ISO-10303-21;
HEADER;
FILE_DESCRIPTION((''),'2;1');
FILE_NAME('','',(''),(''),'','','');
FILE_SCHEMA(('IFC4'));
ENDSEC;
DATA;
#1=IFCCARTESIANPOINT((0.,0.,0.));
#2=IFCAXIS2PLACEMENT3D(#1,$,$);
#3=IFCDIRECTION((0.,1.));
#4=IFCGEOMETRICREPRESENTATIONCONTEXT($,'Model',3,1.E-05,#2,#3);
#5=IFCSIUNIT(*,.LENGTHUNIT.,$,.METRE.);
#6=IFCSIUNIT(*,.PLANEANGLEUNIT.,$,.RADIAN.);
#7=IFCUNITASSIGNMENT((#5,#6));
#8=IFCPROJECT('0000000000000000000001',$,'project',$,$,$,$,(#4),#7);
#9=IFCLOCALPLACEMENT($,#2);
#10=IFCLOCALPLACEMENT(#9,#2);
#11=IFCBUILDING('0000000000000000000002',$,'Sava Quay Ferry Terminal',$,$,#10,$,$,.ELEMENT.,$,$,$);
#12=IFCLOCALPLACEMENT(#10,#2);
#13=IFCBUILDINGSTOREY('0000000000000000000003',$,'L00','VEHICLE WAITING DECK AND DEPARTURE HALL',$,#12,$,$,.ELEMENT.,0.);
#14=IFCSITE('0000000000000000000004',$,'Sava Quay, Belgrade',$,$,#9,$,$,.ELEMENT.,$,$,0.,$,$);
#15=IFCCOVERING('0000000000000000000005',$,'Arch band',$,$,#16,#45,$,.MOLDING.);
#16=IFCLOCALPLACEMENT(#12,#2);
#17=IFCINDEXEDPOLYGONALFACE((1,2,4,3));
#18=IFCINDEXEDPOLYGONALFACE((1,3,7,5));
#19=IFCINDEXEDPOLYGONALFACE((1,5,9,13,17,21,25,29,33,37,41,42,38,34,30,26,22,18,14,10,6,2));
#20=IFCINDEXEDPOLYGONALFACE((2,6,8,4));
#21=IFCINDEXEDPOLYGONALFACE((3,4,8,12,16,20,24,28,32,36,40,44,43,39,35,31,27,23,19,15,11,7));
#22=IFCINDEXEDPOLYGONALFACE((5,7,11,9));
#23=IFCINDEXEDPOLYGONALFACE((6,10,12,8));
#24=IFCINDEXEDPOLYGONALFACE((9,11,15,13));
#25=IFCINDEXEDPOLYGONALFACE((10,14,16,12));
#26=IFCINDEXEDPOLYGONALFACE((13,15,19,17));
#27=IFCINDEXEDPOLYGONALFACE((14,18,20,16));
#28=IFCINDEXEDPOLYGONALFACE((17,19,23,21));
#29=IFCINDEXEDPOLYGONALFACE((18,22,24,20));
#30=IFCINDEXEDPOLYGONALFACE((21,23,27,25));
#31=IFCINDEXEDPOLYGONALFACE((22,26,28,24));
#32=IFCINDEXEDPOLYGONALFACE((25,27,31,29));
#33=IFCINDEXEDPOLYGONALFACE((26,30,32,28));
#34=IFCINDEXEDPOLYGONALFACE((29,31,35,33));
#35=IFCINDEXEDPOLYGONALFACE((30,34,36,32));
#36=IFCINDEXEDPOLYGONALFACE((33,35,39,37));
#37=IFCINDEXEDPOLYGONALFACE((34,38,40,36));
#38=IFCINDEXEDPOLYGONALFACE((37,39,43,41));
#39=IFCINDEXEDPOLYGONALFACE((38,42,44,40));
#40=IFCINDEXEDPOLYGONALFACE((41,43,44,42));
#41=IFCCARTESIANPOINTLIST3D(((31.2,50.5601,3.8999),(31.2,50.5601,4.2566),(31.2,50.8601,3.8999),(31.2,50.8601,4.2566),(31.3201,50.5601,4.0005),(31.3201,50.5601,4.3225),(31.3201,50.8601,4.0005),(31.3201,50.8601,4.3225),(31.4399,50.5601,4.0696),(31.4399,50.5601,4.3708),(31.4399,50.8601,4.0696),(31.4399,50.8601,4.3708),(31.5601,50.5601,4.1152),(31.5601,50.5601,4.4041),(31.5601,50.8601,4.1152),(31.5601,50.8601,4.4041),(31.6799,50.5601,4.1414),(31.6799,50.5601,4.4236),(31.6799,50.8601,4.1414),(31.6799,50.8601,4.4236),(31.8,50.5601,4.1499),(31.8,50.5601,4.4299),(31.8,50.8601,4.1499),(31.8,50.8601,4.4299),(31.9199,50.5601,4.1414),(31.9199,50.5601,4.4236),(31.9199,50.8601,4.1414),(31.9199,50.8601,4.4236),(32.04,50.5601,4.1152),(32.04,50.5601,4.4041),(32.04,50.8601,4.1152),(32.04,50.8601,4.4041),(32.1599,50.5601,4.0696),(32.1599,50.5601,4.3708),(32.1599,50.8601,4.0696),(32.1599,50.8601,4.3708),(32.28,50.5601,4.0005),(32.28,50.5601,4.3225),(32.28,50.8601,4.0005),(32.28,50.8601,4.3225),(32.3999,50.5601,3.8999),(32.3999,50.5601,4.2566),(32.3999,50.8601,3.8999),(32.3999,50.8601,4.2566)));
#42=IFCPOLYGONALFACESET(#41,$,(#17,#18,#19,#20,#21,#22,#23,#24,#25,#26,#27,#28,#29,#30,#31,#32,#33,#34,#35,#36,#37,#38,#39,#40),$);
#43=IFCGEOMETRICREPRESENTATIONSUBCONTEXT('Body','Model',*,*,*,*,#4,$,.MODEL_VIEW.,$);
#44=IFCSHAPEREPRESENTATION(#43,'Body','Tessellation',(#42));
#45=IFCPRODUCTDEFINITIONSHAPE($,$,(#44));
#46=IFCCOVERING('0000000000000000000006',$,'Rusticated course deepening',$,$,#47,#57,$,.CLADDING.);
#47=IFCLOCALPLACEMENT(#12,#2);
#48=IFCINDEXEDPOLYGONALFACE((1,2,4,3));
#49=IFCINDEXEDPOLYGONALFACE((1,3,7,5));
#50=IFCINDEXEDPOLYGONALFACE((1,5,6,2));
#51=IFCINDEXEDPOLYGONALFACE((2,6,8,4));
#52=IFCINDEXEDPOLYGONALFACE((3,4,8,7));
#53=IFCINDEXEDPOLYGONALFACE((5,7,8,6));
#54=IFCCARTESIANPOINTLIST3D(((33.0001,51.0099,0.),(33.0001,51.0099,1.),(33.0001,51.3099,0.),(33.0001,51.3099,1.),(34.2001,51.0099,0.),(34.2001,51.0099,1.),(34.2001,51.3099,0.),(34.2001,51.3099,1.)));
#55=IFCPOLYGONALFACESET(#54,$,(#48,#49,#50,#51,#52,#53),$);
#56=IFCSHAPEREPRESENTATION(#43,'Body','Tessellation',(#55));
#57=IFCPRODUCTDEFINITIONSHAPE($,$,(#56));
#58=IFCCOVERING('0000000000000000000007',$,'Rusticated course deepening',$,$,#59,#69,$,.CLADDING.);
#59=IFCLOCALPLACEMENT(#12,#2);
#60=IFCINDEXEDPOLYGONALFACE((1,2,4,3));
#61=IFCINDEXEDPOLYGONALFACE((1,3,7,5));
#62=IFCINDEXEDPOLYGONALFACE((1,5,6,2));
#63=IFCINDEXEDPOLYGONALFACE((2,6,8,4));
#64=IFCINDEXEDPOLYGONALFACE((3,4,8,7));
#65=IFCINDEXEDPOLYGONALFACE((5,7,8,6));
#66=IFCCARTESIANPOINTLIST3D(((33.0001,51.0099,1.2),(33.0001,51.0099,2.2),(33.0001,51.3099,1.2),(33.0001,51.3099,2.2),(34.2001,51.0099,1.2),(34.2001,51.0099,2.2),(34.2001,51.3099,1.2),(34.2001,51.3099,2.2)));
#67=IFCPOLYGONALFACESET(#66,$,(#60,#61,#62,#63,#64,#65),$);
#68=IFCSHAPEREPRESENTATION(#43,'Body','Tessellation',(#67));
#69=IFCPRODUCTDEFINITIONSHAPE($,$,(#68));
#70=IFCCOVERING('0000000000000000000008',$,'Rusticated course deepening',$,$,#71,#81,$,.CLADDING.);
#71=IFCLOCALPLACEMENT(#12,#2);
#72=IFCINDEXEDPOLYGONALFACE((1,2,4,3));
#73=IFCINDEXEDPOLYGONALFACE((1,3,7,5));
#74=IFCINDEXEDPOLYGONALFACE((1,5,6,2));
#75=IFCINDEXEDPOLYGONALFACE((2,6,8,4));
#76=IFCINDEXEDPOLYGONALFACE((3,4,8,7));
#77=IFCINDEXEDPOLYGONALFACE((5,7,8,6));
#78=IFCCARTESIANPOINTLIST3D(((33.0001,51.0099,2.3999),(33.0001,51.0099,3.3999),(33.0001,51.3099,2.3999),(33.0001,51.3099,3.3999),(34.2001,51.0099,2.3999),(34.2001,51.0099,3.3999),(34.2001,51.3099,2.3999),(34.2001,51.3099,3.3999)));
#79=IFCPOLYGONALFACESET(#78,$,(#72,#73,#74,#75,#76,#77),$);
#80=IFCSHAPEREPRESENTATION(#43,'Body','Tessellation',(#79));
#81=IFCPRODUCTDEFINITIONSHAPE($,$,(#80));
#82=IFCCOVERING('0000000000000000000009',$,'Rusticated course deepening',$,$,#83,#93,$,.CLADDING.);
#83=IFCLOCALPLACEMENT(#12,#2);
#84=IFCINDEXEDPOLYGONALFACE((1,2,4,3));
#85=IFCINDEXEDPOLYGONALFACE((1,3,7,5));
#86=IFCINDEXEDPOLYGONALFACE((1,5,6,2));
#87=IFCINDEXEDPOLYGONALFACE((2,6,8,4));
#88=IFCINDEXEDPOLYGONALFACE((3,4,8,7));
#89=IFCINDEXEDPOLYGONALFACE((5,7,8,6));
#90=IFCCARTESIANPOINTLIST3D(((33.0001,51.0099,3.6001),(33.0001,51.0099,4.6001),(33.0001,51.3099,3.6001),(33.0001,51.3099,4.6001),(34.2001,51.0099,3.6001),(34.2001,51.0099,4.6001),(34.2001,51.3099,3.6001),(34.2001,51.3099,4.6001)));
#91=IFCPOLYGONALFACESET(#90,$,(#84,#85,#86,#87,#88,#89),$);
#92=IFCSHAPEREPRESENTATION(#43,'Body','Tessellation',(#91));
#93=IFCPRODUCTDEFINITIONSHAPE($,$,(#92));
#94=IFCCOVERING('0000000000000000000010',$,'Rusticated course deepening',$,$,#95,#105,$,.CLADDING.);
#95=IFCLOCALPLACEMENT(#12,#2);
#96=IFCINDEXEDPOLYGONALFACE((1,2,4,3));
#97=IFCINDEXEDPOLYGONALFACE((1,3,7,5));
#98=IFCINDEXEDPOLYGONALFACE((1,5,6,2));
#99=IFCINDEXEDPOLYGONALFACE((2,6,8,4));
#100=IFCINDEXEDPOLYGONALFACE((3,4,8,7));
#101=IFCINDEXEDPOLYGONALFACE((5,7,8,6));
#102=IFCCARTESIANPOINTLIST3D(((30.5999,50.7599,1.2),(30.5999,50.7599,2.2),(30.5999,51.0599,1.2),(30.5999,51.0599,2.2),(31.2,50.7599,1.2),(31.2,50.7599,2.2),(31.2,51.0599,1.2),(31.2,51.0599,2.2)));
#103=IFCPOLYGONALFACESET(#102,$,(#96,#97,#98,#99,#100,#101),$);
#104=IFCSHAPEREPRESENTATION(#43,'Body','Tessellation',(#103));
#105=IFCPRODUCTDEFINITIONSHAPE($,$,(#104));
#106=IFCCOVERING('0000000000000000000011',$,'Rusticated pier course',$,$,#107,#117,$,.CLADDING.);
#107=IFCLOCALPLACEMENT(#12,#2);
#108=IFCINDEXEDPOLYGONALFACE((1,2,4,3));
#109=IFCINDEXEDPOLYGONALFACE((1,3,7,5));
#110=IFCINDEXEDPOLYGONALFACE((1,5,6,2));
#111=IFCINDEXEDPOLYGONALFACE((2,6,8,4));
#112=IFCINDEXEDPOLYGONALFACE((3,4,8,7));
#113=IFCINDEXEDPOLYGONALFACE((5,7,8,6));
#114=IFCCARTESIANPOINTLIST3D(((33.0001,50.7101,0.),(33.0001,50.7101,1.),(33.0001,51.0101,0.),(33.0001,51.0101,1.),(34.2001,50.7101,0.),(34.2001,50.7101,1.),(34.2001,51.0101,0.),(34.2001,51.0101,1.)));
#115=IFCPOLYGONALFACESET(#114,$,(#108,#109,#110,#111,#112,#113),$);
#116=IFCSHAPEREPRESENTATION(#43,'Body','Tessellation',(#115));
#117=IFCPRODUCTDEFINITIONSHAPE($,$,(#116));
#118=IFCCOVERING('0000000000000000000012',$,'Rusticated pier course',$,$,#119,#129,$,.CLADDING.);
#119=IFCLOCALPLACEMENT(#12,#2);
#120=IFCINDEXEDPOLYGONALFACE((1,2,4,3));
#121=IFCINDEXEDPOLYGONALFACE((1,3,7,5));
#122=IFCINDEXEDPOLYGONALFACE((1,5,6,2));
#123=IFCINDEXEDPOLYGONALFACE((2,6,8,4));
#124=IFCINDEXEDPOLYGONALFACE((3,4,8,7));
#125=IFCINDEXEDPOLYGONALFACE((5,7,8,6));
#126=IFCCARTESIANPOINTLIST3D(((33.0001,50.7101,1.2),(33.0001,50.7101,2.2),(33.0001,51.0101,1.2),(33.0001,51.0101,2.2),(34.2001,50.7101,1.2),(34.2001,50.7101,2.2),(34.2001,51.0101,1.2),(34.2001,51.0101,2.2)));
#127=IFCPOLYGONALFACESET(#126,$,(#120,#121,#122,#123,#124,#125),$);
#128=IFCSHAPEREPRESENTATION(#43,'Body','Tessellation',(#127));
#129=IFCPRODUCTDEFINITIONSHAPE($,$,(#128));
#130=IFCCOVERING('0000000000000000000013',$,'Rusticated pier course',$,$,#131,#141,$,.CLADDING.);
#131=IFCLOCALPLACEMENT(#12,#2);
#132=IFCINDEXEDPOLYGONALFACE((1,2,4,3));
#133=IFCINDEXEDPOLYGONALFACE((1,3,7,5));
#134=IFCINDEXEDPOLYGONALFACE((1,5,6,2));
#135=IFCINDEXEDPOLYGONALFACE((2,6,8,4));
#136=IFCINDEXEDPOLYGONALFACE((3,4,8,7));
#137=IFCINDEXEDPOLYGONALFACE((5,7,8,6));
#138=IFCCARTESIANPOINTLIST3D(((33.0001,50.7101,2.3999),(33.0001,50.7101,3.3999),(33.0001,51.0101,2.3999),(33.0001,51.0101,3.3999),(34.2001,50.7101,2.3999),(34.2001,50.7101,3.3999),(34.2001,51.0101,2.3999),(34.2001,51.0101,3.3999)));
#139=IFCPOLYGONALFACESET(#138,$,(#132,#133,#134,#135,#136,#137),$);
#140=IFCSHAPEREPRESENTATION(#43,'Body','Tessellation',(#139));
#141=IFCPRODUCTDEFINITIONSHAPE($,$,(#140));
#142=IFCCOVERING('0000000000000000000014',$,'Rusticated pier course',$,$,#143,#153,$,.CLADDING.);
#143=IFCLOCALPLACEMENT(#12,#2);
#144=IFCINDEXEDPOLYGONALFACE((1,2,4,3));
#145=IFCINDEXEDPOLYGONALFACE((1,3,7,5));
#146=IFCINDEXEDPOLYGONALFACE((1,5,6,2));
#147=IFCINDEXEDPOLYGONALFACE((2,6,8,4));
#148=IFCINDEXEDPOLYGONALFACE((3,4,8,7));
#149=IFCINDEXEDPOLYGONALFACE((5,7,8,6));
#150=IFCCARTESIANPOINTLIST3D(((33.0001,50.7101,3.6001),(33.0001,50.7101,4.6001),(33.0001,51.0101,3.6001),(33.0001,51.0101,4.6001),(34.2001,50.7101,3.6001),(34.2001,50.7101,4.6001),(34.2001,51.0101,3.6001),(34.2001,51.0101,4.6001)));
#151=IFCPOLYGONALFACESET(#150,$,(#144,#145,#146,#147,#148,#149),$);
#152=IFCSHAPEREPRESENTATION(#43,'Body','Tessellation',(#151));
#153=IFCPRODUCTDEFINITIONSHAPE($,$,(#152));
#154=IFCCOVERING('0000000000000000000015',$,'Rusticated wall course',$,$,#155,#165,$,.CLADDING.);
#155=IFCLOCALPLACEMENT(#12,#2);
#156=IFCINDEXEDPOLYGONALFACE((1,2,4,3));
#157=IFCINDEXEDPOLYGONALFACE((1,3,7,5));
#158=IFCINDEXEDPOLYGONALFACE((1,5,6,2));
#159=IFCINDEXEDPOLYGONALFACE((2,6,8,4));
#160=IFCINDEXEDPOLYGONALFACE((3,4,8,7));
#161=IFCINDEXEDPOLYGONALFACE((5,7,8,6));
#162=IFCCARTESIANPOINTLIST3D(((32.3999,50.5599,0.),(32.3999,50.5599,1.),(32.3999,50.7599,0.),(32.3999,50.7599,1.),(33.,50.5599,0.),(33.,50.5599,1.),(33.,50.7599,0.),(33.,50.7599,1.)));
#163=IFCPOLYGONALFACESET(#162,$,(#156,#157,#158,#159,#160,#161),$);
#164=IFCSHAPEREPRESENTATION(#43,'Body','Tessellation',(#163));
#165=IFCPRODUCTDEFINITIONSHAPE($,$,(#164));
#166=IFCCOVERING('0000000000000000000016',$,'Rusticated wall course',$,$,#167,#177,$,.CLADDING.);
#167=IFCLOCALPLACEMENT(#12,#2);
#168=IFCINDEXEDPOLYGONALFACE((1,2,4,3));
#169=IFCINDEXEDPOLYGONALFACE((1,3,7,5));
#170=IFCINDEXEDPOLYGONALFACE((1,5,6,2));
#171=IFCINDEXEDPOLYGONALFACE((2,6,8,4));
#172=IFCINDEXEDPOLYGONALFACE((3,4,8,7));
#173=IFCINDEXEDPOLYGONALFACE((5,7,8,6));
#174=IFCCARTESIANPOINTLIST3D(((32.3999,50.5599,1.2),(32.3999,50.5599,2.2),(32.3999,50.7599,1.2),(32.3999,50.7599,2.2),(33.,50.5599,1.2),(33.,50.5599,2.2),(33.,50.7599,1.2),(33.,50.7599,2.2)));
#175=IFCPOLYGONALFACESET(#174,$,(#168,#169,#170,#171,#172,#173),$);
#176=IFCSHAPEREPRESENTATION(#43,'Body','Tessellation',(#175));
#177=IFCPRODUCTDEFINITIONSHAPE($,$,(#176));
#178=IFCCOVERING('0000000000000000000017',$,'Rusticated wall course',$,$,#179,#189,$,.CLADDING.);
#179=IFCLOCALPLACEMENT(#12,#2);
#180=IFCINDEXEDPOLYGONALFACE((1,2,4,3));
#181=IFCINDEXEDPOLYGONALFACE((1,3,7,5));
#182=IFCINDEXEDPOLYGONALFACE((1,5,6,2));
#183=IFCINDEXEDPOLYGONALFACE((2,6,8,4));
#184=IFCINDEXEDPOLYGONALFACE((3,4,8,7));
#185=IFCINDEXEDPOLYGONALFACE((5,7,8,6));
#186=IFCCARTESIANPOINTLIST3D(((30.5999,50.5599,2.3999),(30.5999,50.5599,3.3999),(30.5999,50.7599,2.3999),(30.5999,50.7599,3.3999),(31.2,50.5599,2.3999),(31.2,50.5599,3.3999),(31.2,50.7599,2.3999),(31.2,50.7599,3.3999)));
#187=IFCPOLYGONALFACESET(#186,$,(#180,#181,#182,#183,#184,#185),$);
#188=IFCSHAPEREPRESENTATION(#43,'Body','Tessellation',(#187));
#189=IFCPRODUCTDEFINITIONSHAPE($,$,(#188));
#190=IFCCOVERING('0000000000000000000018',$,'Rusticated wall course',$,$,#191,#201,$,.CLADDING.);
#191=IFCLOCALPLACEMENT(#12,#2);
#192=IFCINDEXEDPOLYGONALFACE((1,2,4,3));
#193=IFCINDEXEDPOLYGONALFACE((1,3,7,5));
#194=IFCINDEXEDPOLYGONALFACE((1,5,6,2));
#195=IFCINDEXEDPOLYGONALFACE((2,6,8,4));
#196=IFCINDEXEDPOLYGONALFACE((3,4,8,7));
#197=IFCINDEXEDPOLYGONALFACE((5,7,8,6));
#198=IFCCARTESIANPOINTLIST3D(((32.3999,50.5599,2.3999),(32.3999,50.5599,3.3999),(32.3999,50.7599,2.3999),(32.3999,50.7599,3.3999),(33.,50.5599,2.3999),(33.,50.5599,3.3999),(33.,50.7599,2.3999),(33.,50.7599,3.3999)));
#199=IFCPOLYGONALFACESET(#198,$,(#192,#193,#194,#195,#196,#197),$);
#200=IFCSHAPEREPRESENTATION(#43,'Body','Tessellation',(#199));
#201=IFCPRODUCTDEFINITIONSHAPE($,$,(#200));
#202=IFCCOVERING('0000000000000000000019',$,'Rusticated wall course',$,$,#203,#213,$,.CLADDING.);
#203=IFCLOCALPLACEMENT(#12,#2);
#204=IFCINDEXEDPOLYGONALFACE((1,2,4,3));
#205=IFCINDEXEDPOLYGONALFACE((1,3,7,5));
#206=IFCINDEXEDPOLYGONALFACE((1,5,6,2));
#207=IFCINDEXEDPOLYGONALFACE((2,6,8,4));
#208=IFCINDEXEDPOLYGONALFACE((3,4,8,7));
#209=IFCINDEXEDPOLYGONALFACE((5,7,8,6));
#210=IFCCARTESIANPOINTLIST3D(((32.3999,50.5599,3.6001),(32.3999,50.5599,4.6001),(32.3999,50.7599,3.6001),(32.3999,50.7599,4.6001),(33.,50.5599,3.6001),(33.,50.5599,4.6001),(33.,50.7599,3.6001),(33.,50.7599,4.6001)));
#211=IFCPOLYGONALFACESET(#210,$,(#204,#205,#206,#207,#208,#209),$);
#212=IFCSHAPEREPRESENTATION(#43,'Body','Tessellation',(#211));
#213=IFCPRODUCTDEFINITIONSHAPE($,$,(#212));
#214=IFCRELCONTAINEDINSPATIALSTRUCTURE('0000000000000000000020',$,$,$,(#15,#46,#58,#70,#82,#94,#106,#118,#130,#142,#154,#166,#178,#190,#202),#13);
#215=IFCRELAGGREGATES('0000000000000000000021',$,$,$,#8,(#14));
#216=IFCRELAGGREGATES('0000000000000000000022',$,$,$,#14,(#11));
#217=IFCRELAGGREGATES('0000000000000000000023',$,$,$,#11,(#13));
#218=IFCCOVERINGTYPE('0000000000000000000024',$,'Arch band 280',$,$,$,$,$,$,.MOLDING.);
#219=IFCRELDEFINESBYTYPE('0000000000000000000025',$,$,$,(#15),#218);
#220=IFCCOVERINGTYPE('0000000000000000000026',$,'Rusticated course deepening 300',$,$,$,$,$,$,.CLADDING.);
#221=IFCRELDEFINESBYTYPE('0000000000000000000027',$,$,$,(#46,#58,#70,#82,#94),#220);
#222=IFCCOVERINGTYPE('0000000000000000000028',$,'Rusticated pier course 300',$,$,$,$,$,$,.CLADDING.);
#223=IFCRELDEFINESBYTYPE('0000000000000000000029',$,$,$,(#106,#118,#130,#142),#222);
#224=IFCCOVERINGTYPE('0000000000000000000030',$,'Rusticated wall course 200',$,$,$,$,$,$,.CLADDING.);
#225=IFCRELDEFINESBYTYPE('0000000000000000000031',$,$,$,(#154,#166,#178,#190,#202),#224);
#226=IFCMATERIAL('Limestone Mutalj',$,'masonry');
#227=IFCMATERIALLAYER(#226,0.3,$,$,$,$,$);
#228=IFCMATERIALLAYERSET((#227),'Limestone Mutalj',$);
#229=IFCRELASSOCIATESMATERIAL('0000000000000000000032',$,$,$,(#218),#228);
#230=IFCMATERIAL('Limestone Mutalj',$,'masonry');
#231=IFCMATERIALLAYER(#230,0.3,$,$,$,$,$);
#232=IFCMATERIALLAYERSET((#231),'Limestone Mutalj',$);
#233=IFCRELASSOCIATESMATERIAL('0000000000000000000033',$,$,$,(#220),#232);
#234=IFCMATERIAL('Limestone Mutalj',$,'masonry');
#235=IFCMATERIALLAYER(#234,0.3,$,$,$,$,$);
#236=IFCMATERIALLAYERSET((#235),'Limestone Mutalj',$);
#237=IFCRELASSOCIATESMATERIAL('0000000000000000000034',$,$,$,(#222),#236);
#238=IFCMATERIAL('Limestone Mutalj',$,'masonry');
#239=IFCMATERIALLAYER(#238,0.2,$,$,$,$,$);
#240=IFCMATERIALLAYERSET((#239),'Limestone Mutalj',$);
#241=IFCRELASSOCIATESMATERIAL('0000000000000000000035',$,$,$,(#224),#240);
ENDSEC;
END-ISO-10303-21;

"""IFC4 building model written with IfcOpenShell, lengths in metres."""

from ifc_helpers import new_model, si_unit, direction, frame, origin, origin_2d, place, context, subcontext, project, spatial, polyline, rectangle, outline, extrude, material, layer, layer_set, type_object, element, save


model = new_model("IFC4")

# Units and contexts
model_context = context("Model", 3, precision=1e-05, world=origin(), true_north=direction((0.0, 1.0)))
body_context = subcontext(model_context, "Body", "Model", "MODEL_VIEW")
ifc_project = project(units=[si_unit("LENGTHUNIT", "METRE"), si_unit("PLANEANGLEUNIT", "RADIAN")], contexts=[model_context])

# Site, building, storey
site_placement = place(None, origin())
site = spatial("IfcSite", under=ifc_project, at=site_placement, Name="Sava Quay, Belgrade", CompositionType="ELEMENT", RefElevation=0.0)
building_placement = place(site_placement, origin())
building = spatial("IfcBuilding", under=site, at=building_placement, Name="Sava Quay Ferry Terminal", CompositionType="ELEMENT")
storey_placement = place(building_placement, origin())
storey = spatial("IfcBuildingStorey", under=building, at=storey_placement, Name="L00", Description="VEHICLE WAITING DECK AND DEPARTURE HALL", CompositionType="ELEMENT", Elevation=0.0)

# Coverings
ifc_material_1 = material(Name="Limestone Mutalj", Category="masonry")
ifc_layer_1 = layer(ifc_material_1, 0.3)
ifc_layer_set_1 = layer_set([ifc_layer_1], Name="Limestone Mutalj")
covering_type_1 = type_object("IfcCoveringType", Name="Arch band 280", PredefinedType="MOLDING", material=ifc_layer_set_1)
covering_1_placement = place(storey_placement, frame((31.2, 50.5601, 3.8999), z_axis=(0.0, -1.0, 0.0), x_axis=(0.766686, 0.0, 0.642022)))
element("IfcCovering", 1, at=covering_1_placement, inside=storey, type_object=covering_type_1, Name="Arch band", PredefinedType="MOLDING", context=body_context, shape_type="SweptSolid", body=[
    extrude(outline(polyline([(0.0, 0.0), (0.1567, 0.0), (0.2929, -0.024), (0.4143, -0.0661), (0.523, -0.123), (0.6206, -0.1936), (0.707, -0.2771), (0.7823, -0.3743), (0.8449, -0.4862), (0.8927, -0.6163), (0.92, -0.7704), (1.149, -0.4969), (1.0994, -0.3694), (1.0383, -0.2552), (0.9678, -0.1528), (0.8882, -0.0607), (0.8004, 0.0211), (0.7042, 0.0933), (0.5998, 0.1553), (0.4864, 0.207), (0.3634, 0.2469), (0.229, 0.2735), (0.0, 0.0)])), origin(), (0.0, 0.0, -1.0), 0.3),
])
ifc_material_2 = material(Name="Limestone Mutalj", Category="masonry")
ifc_layer_2 = layer(ifc_material_2, 0.3)
ifc_layer_set_2 = layer_set([ifc_layer_2], Name="Limestone Mutalj")
covering_type_2 = type_object("IfcCoveringType", Name="Rusticated course deepening 300", PredefinedType="CLADDING", material=ifc_layer_set_2)
for number, where, z_axis, x_axis, name in (
    (2, (33.6001, 51.1599, 0.0), (0.0, 0.0, 1.0), (1.0, 0.0, 0.0), "Rusticated course deepening"),
    (3, (33.6001, 51.1599, 1.2), (0.0, 0.0, 1.0), (1.0, 0.0, 0.0), "Rusticated course deepening"),
    (4, (33.6001, 51.1599, 2.3999), (0.0, 0.0, 1.0), (1.0, 0.0, 0.0), "Rusticated course deepening"),
    (5, (33.6001, 51.1599, 3.6001), (0.0, 0.0, 1.0), (1.0, 0.0, 0.0), "Rusticated course deepening"),
):
    element("IfcCovering", number, at=place(storey_placement, frame(where, z_axis=z_axis, x_axis=x_axis)), inside=storey, type_object=covering_type_2, Name=name, PredefinedType="CLADDING", context=body_context, shape_type="SweptSolid", body=[
        extrude(rectangle(XDim=1.2, YDim=0.3, at=origin_2d()), origin(), (0.0, 0.0, 1.0), 1.0),
    ])
covering_2_placement = place(storey_placement, frame((30.8999, 50.9099, 1.2), z_axis=(0.0, 0.0, 1.0), x_axis=(1.0, 0.0, 0.0)))
element("IfcCovering", 6, at=covering_2_placement, inside=storey, type_object=covering_type_2, Name="Rusticated course deepening", PredefinedType="CLADDING", context=body_context, shape_type="SweptSolid", body=[
    extrude(rectangle(XDim=0.6001, YDim=0.3, at=origin_2d()), origin(), (0.0, 0.0, 1.0), 1.0),
])
ifc_material_3 = material(Name="Limestone Mutalj", Category="masonry")
ifc_layer_3 = layer(ifc_material_3, 0.3)
ifc_layer_set_3 = layer_set([ifc_layer_3], Name="Limestone Mutalj")
covering_type_3 = type_object("IfcCoveringType", Name="Rusticated pier course 300", PredefinedType="CLADDING", material=ifc_layer_set_3)
for number, where, z_axis, x_axis, name in (
    (7, (33.6001, 50.8601, 0.0), (0.0, 0.0, 1.0), (1.0, 0.0, 0.0), "Rusticated pier course"),
    (8, (33.6001, 50.8601, 1.2), (0.0, 0.0, 1.0), (1.0, 0.0, 0.0), "Rusticated pier course"),
    (9, (33.6001, 50.8601, 2.3999), (0.0, 0.0, 1.0), (1.0, 0.0, 0.0), "Rusticated pier course"),
    (10, (33.6001, 50.8601, 3.6001), (0.0, 0.0, 1.0), (1.0, 0.0, 0.0), "Rusticated pier course"),
):
    element("IfcCovering", number, at=place(storey_placement, frame(where, z_axis=z_axis, x_axis=x_axis)), inside=storey, type_object=covering_type_3, Name=name, PredefinedType="CLADDING", context=body_context, shape_type="SweptSolid", body=[
        extrude(rectangle(XDim=1.2, YDim=0.3, at=origin_2d()), origin(), (0.0, 0.0, 1.0), 1.0),
    ])
ifc_material_4 = material(Name="Limestone Mutalj", Category="masonry")
ifc_layer_4 = layer(ifc_material_4, 0.2)
ifc_layer_set_4 = layer_set([ifc_layer_4], Name="Limestone Mutalj")
covering_type_4 = type_object("IfcCoveringType", Name="Rusticated wall course 200", PredefinedType="CLADDING", material=ifc_layer_set_4)
for number, where, z_axis, x_axis, name in (
    (11, (32.7, 50.6599, 0.0), (0.0, 0.0, 1.0), (1.0, 0.0, 0.0), "Rusticated wall course"),
    (12, (32.7, 50.6599, 1.2), (0.0, 0.0, 1.0), (1.0, 0.0, 0.0), "Rusticated wall course"),
    (13, (30.8999, 50.6599, 2.3999), (0.0, 0.0, 1.0), (1.0, 0.0, 0.0), "Rusticated wall course"),
    (14, (32.7, 50.6599, 2.3999), (0.0, 0.0, 1.0), (1.0, 0.0, 0.0), "Rusticated wall course"),
    (15, (32.7, 50.6599, 3.6001), (0.0, 0.0, 1.0), (1.0, 0.0, 0.0), "Rusticated wall course"),
):
    element("IfcCovering", number, at=place(storey_placement, frame(where, z_axis=z_axis, x_axis=x_axis)), inside=storey, type_object=covering_type_4, Name=name, PredefinedType="CLADDING", context=body_context, shape_type="SweptSolid", body=[
        extrude(rectangle(XDim=0.6001, YDim=0.2, at=origin_2d()), origin(), (0.0, 0.0, 1.0), 1.0),
    ])

save(model, "model.ifc")
